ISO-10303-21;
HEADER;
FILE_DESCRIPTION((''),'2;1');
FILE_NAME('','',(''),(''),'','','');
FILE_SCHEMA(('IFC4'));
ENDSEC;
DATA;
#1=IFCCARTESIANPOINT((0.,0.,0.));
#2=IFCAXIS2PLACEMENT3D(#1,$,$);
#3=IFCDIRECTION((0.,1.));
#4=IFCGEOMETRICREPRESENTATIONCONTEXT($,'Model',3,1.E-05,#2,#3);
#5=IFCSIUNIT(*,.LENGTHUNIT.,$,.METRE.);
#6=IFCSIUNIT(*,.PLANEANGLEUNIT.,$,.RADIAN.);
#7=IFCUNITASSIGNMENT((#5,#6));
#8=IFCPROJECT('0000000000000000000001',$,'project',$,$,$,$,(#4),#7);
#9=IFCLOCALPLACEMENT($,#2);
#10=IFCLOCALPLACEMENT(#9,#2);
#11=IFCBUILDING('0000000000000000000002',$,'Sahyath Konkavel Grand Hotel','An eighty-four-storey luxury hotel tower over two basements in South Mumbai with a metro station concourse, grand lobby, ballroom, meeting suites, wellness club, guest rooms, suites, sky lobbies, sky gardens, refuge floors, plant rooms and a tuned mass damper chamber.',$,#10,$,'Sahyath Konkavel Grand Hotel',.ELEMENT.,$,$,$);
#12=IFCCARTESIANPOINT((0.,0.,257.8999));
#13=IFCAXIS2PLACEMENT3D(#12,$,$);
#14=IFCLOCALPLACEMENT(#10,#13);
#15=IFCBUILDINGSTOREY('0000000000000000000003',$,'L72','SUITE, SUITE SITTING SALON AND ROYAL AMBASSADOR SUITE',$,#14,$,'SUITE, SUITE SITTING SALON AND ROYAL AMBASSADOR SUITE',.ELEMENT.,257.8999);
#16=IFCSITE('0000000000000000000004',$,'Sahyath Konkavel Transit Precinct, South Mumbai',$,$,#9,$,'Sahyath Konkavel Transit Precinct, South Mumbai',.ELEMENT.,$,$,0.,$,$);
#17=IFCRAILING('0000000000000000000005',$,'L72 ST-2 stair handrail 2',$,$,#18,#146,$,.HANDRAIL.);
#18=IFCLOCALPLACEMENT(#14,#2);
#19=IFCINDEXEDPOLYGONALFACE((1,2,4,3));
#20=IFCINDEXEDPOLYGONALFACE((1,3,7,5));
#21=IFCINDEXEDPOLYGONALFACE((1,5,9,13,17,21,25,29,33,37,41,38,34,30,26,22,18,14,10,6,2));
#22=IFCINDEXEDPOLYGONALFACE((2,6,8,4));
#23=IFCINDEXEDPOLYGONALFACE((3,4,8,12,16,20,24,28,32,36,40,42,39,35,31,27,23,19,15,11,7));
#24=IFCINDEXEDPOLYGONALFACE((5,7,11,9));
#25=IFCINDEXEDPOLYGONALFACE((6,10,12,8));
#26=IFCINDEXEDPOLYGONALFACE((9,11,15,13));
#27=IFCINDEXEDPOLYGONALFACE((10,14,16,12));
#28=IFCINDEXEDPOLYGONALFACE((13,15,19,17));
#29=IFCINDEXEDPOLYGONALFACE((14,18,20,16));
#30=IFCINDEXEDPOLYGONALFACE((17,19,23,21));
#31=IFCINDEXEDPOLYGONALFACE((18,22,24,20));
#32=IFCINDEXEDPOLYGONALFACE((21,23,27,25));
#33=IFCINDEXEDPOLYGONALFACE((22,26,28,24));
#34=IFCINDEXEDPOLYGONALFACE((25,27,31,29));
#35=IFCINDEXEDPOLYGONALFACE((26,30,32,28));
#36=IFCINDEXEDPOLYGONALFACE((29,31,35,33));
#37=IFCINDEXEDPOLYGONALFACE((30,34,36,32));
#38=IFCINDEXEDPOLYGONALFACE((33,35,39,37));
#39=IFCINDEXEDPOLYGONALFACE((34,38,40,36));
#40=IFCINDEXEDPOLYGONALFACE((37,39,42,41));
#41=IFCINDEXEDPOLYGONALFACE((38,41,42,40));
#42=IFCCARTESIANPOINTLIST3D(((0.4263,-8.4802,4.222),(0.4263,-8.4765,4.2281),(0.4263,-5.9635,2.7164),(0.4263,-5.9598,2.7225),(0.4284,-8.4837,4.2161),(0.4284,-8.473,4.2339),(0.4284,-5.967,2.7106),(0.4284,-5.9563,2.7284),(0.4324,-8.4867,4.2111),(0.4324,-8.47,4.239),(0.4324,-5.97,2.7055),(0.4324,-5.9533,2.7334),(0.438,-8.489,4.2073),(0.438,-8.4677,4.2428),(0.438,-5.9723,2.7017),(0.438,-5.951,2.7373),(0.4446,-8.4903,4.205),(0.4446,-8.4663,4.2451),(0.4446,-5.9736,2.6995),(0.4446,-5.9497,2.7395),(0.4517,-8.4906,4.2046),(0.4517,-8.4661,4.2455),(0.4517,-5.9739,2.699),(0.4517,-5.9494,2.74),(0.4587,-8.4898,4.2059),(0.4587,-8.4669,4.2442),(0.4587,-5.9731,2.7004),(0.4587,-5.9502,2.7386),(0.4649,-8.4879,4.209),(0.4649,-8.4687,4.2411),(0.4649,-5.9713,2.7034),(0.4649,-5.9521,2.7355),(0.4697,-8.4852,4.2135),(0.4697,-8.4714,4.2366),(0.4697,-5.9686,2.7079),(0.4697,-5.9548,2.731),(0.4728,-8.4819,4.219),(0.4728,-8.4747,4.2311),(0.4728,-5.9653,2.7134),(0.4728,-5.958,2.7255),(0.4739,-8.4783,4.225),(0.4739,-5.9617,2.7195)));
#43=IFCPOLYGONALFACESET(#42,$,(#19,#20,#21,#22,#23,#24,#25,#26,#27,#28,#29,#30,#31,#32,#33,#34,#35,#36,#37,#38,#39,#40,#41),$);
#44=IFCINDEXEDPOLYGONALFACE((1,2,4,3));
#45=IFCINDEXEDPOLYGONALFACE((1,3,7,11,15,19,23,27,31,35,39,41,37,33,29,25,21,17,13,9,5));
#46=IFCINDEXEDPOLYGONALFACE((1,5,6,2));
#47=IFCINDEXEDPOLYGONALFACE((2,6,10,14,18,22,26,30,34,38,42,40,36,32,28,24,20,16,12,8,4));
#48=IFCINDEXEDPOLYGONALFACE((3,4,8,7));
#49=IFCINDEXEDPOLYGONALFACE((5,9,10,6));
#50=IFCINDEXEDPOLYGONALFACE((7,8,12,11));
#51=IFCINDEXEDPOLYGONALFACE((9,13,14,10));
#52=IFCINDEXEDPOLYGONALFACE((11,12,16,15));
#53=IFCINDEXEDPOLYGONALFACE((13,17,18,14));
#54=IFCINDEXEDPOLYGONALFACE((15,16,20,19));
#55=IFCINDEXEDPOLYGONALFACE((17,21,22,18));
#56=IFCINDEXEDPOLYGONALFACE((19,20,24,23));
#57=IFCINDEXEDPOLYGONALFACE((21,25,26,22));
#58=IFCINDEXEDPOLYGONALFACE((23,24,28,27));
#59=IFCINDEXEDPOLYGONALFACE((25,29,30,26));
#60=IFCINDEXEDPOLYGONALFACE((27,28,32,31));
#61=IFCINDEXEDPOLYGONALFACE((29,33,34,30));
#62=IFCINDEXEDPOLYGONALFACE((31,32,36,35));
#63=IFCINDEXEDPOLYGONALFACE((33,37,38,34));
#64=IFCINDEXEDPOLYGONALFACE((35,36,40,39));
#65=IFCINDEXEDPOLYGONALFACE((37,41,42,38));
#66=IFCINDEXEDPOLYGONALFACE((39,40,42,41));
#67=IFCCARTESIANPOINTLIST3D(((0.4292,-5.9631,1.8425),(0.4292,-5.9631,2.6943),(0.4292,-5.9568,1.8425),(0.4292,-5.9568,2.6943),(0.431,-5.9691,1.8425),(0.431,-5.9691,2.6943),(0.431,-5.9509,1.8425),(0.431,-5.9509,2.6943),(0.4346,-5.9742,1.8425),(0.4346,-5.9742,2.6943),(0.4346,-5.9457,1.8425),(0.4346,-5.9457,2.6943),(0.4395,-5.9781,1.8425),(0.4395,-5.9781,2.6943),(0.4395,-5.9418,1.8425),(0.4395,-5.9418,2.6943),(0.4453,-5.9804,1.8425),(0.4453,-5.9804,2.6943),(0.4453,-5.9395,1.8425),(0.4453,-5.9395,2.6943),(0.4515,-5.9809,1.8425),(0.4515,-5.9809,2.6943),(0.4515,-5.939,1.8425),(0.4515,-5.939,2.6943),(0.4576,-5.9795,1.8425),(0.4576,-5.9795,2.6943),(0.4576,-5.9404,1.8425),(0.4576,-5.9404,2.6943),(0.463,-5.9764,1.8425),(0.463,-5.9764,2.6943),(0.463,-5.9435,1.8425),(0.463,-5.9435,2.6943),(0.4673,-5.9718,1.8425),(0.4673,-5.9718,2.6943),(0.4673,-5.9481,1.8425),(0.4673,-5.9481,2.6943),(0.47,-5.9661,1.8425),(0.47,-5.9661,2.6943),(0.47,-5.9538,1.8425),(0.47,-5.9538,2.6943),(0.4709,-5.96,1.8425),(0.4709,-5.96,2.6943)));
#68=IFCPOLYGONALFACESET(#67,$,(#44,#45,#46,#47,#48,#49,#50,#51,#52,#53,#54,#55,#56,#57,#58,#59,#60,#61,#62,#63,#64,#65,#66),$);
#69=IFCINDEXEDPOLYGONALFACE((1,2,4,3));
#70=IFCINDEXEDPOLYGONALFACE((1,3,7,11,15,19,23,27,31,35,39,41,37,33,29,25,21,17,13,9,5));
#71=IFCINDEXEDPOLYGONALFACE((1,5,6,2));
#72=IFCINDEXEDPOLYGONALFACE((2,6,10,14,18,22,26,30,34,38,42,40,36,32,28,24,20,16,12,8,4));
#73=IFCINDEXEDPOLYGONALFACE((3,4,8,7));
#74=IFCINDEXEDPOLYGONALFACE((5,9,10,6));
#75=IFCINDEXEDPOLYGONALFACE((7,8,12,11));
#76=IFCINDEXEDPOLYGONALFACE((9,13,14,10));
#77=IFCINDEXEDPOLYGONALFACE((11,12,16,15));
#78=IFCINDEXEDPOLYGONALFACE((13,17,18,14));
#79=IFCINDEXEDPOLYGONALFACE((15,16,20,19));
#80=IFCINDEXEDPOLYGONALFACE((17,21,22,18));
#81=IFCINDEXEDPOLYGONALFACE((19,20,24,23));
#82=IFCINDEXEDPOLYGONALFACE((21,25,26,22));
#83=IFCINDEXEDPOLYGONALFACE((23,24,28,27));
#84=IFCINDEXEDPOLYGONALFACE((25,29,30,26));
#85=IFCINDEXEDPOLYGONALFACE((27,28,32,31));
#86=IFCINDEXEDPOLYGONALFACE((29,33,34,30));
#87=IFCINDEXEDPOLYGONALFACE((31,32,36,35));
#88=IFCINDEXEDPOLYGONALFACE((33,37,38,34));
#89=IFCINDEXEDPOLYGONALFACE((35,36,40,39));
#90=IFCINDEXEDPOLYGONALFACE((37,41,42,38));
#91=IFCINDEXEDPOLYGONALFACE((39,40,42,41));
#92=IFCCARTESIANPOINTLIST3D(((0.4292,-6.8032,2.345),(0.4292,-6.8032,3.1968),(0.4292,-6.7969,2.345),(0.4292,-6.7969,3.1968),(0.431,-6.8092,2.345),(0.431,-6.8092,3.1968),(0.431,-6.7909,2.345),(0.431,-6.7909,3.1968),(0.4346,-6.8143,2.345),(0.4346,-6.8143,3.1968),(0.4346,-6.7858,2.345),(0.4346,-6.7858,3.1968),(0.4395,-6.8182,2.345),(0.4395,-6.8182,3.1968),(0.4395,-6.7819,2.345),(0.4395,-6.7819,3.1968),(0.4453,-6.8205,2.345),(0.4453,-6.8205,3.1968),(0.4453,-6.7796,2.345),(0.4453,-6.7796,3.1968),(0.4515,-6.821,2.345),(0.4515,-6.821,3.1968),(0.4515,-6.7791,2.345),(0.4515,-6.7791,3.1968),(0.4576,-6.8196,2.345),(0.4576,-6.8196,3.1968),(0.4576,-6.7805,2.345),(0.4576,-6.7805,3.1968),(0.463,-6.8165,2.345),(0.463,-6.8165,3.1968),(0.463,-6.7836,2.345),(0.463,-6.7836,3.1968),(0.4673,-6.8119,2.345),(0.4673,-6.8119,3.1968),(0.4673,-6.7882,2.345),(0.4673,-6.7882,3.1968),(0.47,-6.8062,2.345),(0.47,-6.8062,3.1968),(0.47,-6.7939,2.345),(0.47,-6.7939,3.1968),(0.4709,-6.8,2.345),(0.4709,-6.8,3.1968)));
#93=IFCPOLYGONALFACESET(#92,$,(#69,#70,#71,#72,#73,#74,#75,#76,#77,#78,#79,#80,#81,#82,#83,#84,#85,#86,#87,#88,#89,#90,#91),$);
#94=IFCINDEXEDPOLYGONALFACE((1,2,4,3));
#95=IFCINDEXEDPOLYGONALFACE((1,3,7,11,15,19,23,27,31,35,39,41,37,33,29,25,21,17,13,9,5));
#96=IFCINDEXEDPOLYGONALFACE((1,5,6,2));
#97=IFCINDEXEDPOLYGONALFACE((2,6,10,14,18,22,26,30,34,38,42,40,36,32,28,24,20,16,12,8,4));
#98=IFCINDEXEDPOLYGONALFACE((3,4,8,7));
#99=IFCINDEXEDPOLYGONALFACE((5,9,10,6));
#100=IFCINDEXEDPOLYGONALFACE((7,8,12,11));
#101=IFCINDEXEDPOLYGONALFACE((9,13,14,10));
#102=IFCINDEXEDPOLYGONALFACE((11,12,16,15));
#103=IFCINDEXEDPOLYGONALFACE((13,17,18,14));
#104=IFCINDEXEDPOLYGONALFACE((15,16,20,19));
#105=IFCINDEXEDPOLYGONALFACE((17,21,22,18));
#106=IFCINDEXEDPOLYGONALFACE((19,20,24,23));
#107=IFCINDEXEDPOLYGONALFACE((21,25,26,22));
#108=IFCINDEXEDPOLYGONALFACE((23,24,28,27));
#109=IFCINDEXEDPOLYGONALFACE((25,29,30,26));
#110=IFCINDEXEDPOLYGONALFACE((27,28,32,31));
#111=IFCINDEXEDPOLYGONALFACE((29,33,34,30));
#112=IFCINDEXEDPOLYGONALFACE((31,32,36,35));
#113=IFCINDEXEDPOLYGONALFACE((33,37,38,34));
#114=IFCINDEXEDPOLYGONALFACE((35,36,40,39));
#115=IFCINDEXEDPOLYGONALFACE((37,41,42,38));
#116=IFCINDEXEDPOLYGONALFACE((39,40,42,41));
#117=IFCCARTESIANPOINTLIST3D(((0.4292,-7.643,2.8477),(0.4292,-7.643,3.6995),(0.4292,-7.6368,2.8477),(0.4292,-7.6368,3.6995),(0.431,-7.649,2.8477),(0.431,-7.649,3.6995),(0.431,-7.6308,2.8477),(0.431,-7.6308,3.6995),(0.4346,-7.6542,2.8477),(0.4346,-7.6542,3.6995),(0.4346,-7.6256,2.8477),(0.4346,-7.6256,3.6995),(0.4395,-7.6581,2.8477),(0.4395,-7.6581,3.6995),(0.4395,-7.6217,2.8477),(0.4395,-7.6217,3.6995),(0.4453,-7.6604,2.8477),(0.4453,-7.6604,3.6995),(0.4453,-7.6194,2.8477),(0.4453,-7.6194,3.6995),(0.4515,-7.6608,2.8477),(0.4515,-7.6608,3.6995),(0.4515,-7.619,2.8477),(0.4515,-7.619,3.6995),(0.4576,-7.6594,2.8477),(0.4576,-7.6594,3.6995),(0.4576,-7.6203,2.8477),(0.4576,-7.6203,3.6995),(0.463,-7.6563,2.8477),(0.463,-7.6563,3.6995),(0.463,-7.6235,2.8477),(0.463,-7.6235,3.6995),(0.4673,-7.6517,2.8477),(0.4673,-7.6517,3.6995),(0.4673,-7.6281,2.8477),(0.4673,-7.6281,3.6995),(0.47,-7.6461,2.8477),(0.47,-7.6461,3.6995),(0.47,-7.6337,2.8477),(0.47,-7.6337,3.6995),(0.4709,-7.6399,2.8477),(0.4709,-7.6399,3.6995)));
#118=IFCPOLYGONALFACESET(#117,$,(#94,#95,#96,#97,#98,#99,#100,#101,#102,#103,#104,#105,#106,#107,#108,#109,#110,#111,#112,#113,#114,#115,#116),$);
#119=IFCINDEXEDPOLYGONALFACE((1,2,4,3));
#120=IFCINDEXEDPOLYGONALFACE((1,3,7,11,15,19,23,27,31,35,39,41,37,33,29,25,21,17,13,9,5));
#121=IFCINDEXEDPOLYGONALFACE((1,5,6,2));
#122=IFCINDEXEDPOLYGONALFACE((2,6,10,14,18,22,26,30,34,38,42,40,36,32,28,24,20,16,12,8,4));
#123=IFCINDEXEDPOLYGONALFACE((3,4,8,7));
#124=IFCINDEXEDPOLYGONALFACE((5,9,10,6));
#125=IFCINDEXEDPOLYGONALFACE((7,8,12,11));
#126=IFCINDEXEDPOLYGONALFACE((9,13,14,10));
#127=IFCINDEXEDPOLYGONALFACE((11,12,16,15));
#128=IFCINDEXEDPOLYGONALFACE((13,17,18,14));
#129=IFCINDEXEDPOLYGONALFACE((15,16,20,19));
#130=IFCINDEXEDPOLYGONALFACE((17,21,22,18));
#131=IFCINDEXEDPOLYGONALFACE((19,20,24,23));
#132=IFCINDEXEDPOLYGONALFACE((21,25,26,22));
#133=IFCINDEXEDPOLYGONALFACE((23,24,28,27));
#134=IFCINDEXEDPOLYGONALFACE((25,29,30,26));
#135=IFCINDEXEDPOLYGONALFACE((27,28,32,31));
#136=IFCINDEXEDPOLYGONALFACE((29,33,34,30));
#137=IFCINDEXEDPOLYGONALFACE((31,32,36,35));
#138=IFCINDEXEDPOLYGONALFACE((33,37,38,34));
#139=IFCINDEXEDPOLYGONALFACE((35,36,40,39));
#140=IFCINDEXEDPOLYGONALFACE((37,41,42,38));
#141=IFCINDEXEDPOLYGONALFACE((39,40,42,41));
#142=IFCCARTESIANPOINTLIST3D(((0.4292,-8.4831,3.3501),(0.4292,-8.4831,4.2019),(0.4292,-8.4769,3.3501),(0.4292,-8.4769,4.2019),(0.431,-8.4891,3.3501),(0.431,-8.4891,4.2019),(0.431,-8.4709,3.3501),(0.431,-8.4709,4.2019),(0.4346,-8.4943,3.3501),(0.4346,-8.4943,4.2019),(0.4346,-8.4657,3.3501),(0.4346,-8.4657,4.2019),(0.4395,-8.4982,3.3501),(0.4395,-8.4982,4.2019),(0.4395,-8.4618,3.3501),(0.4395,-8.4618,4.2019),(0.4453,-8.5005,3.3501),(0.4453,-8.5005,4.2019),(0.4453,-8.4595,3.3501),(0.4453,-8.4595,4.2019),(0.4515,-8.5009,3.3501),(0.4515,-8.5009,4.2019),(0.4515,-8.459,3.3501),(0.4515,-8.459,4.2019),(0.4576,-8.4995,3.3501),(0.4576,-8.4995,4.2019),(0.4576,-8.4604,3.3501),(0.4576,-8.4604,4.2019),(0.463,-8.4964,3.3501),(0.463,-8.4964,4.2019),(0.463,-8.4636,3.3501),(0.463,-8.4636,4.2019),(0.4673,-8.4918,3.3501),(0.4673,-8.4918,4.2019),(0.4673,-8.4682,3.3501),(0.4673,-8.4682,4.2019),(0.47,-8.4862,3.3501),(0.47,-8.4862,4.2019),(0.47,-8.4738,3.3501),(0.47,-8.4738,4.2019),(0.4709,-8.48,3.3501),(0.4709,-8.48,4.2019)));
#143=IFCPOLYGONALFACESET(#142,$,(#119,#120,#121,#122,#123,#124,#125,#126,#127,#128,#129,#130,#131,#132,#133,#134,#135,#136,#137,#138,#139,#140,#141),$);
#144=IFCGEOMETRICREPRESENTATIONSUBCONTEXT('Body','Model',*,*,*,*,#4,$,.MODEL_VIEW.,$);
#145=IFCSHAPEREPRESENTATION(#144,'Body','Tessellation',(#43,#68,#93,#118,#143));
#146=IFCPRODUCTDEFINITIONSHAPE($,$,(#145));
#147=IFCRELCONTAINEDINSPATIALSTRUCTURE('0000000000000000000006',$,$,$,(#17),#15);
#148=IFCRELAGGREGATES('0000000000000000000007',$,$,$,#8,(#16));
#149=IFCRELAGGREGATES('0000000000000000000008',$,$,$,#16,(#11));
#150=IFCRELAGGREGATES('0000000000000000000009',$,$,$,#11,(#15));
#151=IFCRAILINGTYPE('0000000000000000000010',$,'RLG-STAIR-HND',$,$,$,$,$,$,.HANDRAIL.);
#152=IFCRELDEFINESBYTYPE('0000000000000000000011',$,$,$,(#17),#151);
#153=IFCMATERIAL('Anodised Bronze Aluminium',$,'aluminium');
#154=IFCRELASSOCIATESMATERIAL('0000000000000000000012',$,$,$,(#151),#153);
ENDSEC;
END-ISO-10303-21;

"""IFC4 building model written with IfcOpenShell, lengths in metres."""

from ifc_helpers import new_model, si_unit, direction, frame, origin, origin_2d, place, context, subcontext, project, spatial, circle, extrude, material, type_object, element, save


model = new_model("IFC4")

# Units and contexts
model_context = context("Model", 3, precision=1e-05, world=origin(), true_north=direction((0.0, 1.0)))
body_context = subcontext(model_context, "Body", "Model", "MODEL_VIEW")
ifc_project = project(units=[si_unit("LENGTHUNIT", "METRE"), si_unit("PLANEANGLEUNIT", "RADIAN")], contexts=[model_context])

# Site, building, storey
site_placement = place(None, origin())
site = spatial("IfcSite", under=ifc_project, at=site_placement, Name="Sahyath Konkavel Transit Precinct, South Mumbai", LongName="Sahyath Konkavel Transit Precinct, South Mumbai", CompositionType="ELEMENT", RefElevation=0.0)
building_placement = place(site_placement, origin())
building = spatial("IfcBuilding", under=site, at=building_placement, Name="Sahyath Konkavel Grand Hotel", Description="An eighty-four-storey luxury hotel tower over two basements in South Mumbai with a metro station concourse, grand lobby, ballroom, meeting suites, wellness club, guest rooms, suites, sky lobbies, sky gardens, refuge floors, plant rooms and a tuned mass damper chamber.", LongName="Sahyath Konkavel Grand Hotel", CompositionType="ELEMENT")
storey_placement = place(building_placement, frame((0.0, 0.0, 257.8999)))
storey = spatial("IfcBuildingStorey", under=building, at=storey_placement, Name="L72", Description="SUITE, SUITE SITTING SALON AND ROYAL AMBASSADOR SUITE", LongName="SUITE, SUITE SITTING SALON AND ROYAL AMBASSADOR SUITE", CompositionType="ELEMENT", Elevation=257.8999)

# Shared definitions
ifc_material_1 = material(Name="Anodised Bronze Aluminium", Category="aluminium")

# Railing
railing_type_1 = type_object("IfcRailingType", Name="RLG-STAIR-HND", PredefinedType="HANDRAIL", material=ifc_material_1)
railing_1_placement = place(storey_placement, frame((0.45, -5.96, 1.8425)))
element("IfcRailing", 1, at=railing_1_placement, inside=storey, type_object=railing_type_1, Name="L72 ST-2 stair handrail 2", PredefinedType="HANDRAIL", context=body_context, shape_type="SweptSolid", body=[
    extrude(circle(Radius=0.0239, at=origin_2d()), frame((0.0, -0.0017, 0.877), z_axis=(0.0, -0.85816, 0.513383), x_axis=(1.0, 0.0, 0.0)), (0.0, 0.0, 1.0), 2.9326),
    extrude(circle(Radius=0.021, at=origin_2d()), origin(), (0.0, 0.0, 1.0), 0.8518),
    extrude(circle(Radius=0.021, at=origin_2d()), frame((0.0, -0.8401, 0.5024)), (0.0, 0.0, 1.0), 0.8518),
    extrude(circle(Radius=0.021, at=origin_2d()), frame((0.0, -1.6799, 1.0051)), (0.0, 0.0, 1.0), 0.8518),
    extrude(circle(Radius=0.021, at=origin_2d()), frame((0.0, -2.52, 1.5076)), (0.0, 0.0, 1.0), 0.8518),
])

save(model, "model.ifc")
